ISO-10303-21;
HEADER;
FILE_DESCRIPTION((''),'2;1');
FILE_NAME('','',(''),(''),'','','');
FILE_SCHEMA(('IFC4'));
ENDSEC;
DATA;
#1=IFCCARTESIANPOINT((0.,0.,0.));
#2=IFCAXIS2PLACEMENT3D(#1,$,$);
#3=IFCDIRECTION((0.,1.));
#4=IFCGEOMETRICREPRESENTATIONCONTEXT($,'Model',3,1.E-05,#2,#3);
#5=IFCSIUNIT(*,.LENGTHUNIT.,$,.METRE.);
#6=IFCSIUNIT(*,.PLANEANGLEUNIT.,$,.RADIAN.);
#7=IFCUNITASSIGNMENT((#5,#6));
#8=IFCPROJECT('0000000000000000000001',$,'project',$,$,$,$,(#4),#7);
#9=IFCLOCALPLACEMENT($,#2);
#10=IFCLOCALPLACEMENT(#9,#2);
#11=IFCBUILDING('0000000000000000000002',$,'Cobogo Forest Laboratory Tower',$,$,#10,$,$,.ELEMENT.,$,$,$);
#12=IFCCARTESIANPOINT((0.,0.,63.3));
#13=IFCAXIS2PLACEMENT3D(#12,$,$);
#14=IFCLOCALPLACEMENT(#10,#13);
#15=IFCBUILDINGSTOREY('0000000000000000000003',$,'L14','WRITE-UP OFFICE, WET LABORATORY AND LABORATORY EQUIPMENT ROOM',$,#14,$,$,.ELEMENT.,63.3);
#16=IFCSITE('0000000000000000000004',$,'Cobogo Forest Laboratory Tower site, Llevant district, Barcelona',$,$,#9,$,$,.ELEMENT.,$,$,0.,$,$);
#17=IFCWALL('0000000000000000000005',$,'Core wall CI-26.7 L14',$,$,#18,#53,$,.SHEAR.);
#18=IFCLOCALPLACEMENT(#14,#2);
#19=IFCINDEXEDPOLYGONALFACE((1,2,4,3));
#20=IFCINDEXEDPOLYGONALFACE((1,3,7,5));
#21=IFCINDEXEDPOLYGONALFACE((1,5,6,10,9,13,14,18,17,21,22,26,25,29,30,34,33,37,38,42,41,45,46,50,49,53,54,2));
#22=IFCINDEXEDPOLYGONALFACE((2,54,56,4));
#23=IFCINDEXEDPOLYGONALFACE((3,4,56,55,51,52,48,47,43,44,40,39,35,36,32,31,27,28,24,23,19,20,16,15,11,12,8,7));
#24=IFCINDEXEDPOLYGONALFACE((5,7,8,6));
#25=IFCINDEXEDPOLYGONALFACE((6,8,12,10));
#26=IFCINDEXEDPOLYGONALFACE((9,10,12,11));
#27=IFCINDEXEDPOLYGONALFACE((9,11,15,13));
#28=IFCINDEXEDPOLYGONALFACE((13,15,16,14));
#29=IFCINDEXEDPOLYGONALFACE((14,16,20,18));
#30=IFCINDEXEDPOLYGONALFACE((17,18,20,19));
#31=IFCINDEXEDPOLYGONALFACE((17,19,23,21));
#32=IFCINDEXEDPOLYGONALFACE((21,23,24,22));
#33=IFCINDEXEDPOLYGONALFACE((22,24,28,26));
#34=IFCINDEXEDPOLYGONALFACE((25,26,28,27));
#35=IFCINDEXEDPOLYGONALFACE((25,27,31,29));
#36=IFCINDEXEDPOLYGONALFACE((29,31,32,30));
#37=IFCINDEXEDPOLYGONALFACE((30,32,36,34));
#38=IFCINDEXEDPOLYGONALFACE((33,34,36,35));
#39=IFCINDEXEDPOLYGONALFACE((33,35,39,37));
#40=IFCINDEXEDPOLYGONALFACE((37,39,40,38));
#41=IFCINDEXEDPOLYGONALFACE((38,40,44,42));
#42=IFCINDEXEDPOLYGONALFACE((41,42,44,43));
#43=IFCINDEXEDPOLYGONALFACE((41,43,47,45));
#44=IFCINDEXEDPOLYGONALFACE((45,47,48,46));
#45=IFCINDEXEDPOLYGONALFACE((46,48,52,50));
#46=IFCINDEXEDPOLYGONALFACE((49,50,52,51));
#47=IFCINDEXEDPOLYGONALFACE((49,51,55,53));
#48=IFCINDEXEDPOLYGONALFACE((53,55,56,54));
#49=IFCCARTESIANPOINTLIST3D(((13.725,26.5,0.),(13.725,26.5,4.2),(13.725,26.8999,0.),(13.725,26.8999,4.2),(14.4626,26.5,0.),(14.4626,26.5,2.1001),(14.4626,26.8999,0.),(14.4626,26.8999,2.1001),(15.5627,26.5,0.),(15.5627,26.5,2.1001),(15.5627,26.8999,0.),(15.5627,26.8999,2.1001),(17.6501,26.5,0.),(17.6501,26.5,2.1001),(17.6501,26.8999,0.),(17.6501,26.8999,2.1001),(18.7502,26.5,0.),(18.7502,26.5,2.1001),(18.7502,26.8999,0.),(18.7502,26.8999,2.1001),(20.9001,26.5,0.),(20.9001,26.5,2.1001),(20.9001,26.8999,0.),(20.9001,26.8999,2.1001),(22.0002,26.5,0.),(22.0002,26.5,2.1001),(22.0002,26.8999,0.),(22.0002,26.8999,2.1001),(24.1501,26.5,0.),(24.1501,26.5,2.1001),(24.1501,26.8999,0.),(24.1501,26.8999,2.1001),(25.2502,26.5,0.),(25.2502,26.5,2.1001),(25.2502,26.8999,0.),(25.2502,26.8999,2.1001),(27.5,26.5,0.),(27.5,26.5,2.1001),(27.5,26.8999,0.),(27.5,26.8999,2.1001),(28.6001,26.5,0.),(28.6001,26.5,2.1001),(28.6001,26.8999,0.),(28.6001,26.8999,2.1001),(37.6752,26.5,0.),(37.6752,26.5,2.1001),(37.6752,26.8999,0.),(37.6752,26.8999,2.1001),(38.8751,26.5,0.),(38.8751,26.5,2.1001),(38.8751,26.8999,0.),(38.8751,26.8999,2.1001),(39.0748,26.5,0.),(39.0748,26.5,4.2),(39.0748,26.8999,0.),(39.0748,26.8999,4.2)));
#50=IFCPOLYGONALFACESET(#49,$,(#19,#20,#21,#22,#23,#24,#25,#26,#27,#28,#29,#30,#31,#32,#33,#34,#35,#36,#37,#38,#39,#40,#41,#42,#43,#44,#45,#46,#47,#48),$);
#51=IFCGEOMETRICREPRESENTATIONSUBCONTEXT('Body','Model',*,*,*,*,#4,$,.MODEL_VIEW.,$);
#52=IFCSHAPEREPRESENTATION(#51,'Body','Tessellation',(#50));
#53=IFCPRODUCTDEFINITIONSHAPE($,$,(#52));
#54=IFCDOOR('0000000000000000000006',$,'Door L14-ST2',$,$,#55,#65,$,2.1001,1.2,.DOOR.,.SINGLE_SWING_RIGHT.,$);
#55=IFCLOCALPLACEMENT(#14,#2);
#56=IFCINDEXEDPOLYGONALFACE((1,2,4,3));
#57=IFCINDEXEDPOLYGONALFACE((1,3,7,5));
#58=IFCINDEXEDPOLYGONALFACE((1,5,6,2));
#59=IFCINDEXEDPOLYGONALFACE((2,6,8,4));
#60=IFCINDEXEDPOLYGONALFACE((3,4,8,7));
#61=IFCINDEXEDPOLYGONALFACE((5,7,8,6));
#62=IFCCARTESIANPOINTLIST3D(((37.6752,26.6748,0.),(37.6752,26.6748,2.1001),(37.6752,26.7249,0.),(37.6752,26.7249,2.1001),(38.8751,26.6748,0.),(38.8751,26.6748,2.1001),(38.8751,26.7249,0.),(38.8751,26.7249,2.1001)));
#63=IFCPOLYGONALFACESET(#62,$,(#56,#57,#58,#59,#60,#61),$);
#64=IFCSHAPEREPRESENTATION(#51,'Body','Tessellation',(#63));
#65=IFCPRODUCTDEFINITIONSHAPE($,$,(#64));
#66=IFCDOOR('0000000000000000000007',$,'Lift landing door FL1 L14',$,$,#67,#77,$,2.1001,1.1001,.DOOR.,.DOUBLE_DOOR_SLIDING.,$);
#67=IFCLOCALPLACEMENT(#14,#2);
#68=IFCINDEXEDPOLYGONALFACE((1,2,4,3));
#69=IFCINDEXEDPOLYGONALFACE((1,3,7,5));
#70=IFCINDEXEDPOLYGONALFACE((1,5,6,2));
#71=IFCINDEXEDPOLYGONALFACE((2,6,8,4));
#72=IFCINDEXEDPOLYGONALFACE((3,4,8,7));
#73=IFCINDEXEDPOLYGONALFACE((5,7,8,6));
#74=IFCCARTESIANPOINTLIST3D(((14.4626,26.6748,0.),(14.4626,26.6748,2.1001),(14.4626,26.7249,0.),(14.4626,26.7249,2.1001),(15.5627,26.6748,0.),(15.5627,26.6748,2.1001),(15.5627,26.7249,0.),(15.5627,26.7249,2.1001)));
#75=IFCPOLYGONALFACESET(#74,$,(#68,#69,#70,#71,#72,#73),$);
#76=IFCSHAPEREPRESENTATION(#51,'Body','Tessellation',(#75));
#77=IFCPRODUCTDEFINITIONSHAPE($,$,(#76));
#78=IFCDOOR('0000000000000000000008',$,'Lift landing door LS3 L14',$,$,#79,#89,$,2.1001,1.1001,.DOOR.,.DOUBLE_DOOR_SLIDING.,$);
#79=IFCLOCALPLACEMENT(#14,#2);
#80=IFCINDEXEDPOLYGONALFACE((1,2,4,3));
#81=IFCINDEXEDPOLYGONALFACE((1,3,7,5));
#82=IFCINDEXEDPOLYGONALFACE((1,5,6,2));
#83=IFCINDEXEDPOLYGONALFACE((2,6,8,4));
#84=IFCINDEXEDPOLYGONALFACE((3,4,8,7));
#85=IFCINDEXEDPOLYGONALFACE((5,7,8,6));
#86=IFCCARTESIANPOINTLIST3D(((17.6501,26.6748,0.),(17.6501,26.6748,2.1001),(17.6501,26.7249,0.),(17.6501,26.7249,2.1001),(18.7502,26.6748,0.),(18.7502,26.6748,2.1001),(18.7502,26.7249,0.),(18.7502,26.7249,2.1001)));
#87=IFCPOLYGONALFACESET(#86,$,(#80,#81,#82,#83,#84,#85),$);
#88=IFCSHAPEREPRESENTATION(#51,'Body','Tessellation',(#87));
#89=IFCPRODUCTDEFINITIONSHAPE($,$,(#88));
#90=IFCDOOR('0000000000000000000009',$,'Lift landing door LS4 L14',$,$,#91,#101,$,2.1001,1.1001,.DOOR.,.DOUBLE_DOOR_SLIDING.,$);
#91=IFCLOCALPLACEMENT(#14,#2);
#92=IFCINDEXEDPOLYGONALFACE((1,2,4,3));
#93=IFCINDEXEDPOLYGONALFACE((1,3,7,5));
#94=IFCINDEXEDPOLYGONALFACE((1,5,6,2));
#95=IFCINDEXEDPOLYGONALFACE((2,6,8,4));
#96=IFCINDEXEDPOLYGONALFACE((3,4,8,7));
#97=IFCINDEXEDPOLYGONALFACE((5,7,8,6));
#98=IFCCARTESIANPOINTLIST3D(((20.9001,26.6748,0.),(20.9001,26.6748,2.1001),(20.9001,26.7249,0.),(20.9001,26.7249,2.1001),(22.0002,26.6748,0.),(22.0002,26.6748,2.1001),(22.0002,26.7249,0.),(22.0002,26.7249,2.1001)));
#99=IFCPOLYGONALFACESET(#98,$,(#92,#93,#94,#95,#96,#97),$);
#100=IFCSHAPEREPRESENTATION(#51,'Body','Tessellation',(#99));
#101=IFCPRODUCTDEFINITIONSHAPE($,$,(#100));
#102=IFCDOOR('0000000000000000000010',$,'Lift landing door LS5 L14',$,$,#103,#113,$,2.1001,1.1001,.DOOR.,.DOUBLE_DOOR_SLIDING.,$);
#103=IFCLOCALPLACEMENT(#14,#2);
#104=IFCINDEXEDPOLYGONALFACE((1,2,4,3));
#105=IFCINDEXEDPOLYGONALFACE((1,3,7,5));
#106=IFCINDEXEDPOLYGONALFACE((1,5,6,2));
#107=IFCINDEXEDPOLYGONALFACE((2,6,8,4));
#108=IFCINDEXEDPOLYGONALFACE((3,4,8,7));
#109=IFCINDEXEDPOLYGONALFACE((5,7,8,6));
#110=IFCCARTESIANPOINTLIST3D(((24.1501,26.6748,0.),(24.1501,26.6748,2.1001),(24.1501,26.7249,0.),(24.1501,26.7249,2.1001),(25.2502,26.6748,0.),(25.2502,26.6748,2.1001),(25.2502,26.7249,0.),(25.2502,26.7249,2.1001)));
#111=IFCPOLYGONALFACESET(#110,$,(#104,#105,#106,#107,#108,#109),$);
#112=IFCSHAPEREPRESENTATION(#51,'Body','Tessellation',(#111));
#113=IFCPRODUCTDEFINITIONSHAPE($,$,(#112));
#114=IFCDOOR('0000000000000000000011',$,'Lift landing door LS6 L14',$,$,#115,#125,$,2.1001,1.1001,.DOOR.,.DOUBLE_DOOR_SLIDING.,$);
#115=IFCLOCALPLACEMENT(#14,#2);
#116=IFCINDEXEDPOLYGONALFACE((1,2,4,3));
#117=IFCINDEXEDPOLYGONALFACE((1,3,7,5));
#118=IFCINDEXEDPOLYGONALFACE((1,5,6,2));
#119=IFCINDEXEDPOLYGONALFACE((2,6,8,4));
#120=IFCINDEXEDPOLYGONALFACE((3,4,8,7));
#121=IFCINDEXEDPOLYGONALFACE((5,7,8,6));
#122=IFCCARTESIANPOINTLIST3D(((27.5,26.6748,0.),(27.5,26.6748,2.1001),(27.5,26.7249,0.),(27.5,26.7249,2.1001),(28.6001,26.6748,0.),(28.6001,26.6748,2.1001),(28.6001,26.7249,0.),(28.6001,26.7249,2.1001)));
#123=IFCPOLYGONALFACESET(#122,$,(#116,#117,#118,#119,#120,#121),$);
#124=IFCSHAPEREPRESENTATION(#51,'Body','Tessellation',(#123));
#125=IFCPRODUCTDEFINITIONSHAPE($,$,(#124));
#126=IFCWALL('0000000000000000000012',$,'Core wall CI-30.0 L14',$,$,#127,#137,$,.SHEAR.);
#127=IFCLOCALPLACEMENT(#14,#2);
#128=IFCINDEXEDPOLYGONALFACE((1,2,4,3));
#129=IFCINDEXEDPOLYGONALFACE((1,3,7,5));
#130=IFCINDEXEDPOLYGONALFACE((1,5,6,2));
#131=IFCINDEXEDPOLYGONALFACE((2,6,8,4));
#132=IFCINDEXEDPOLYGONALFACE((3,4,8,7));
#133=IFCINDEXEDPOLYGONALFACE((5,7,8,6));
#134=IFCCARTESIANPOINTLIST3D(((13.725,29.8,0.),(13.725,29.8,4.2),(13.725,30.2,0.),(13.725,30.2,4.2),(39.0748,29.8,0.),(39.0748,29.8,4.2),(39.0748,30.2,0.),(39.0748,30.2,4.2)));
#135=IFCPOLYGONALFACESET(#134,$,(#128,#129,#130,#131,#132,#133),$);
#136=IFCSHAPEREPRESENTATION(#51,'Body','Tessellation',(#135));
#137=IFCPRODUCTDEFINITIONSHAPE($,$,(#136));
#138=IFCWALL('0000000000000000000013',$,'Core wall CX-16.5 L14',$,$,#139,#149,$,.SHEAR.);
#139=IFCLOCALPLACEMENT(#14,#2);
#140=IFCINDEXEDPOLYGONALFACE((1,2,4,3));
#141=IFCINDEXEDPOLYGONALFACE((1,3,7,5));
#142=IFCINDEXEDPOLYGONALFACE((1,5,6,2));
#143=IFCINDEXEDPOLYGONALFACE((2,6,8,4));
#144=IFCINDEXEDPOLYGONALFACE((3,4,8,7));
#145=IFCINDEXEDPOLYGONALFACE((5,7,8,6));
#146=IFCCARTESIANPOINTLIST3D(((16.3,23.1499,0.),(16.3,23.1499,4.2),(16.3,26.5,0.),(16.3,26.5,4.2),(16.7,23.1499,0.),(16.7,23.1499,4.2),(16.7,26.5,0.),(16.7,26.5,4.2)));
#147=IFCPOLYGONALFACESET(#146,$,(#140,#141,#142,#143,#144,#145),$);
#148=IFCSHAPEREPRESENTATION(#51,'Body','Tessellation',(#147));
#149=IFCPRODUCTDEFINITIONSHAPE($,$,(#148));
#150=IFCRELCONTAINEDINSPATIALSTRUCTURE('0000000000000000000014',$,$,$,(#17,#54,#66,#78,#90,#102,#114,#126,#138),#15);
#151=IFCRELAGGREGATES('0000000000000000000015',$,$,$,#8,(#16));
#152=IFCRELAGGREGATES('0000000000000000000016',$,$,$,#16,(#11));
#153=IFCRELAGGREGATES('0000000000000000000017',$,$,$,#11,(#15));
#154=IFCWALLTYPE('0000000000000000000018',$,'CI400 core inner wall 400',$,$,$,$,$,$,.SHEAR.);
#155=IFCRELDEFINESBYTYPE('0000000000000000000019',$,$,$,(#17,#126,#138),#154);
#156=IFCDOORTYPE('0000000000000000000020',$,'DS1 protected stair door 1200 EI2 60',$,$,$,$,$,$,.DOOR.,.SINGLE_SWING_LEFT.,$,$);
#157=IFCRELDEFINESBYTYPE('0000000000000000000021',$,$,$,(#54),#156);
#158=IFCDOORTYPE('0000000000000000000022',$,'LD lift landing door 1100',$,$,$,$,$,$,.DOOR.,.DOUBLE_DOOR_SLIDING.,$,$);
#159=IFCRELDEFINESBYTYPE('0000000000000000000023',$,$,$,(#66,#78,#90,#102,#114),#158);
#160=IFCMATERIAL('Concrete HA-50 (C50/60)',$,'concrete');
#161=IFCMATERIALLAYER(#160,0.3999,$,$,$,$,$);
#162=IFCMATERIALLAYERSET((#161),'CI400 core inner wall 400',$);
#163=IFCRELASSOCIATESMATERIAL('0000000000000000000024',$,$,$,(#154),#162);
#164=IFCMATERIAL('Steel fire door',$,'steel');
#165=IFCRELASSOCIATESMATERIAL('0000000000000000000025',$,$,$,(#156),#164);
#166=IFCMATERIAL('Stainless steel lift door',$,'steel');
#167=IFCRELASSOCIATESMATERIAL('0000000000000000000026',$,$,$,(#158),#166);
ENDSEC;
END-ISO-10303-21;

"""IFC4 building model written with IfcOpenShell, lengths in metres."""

from ifc_helpers import new_model, si_unit, direction, frame, frame_2d, origin, place, context, subcontext, project, spatial, rectangle, extrude, material, layer, layer_set, type_object, element, fill, save


model = new_model("IFC4")

# Units and contexts
model_context = context("Model", 3, precision=1e-05, world=origin(), true_north=direction((0.0, 1.0)))
body_context = subcontext(model_context, "Body", "Model", "MODEL_VIEW")
ifc_project = project(units=[si_unit("LENGTHUNIT", "METRE"), si_unit("PLANEANGLEUNIT", "RADIAN")], contexts=[model_context])

# Site, building, storey
site_placement = place(None, origin())
site = spatial("IfcSite", under=ifc_project, at=site_placement, Name="Cobogo Forest Laboratory Tower site, Llevant district, Barcelona", CompositionType="ELEMENT", RefElevation=0.0)
building_placement = place(site_placement, origin())
building = spatial("IfcBuilding", under=site, at=building_placement, Name="Cobogo Forest Laboratory Tower", CompositionType="ELEMENT")
storey_placement = place(building_placement, frame((0.0, 0.0, 63.3)))
storey = spatial("IfcBuildingStorey", under=building, at=storey_placement, Name="L14", Description="WRITE-UP OFFICE, WET LABORATORY AND LABORATORY EQUIPMENT ROOM", CompositionType="ELEMENT", Elevation=63.3)

# Shared definitions
ifc_material_1 = material(Name="Concrete HA-50 (C50/60)", Category="concrete")

# Shared definitions
ifc_layer_1 = layer(ifc_material_1, 0.3999)
ifc_layer_set_1 = layer_set([ifc_layer_1], Name="CI400 core inner wall 400")
wall_type_1 = type_object("IfcWallType", Name="CI400 core inner wall 400", PredefinedType="SHEAR", material=ifc_layer_set_1)

# Wall, openings, doors
wall_1_placement = place(storey_placement, frame((13.7251, 26.7, 0.0), z_axis=(0.0, 0.0, 1.0), x_axis=(1.0, 0.0, 0.0)))
wall_1 = element("IfcWall", 1, at=wall_1_placement, inside=storey, type_object=wall_type_1, Name="Core wall CI-26.7 L14", PredefinedType="SHEAR", context=body_context, shape_type="SweptSolid", body=[
    extrude(rectangle(XDim=25.3499, YDim=0.3999, at=frame_2d((12.6748, 0.0))), origin(), (0.0, 0.0, 1.0), 4.2),
])
opening_1_placement = place(wall_1_placement, frame((23.95, 0.0, 0.0)))
opening_1 = element("IfcOpeningElement", 2, at=opening_1_placement, cuts=wall_1, PredefinedType="OPENING", context=body_context, shape_type="SweptSolid", body=[
    extrude(rectangle(XDim=1.2, YDim=2.1001, at=frame_2d((0.6001, 1.05))), frame((0.0, 0.21, 0.0), z_axis=(0.0, -1.0, 0.0), x_axis=(1.0, 0.0, 0.0)), (0.0, 0.0, 1.0), 0.4199),
])
opening_2_placement = place(wall_1_placement, frame((0.7375, 0.0, 0.0)))
opening_2 = element("IfcOpeningElement", 3, at=opening_2_placement, cuts=wall_1, PredefinedType="OPENING", context=body_context, shape_type="SweptSolid", body=[
    extrude(rectangle(XDim=1.1001, YDim=2.1001, at=frame_2d((0.55, 1.05))), frame((0.0, 0.21, 0.0), z_axis=(0.0, -1.0, 0.0), x_axis=(1.0, 0.0, 0.0)), (0.0, 0.0, 1.0), 0.4199),
])
opening_3_placement = place(wall_1_placement, frame((3.925, 0.0, 0.0)))
opening_3 = element("IfcOpeningElement", 4, at=opening_3_placement, cuts=wall_1, PredefinedType="OPENING", context=body_context, shape_type="SweptSolid", body=[
    extrude(rectangle(XDim=1.1001, YDim=2.1001, at=frame_2d((0.55, 1.05))), frame((0.0, 0.21, 0.0), z_axis=(0.0, -1.0, 0.0), x_axis=(1.0, 0.0, 0.0)), (0.0, 0.0, 1.0), 0.4199),
])
opening_4_placement = place(wall_1_placement, frame((7.175, 0.0, 0.0)))
opening_4 = element("IfcOpeningElement", 5, at=opening_4_placement, cuts=wall_1, PredefinedType="OPENING", context=body_context, shape_type="SweptSolid", body=[
    extrude(rectangle(XDim=1.1001, YDim=2.1001, at=frame_2d((0.55, 1.05))), frame((0.0, 0.21, 0.0), z_axis=(0.0, -1.0, 0.0), x_axis=(1.0, 0.0, 0.0)), (0.0, 0.0, 1.0), 0.4199),
])
opening_5_placement = place(wall_1_placement, frame((10.425, 0.0, 0.0)))
opening_5 = element("IfcOpeningElement", 6, at=opening_5_placement, cuts=wall_1, PredefinedType="OPENING", context=body_context, shape_type="SweptSolid", body=[
    extrude(rectangle(XDim=1.1001, YDim=2.1001, at=frame_2d((0.55, 1.05))), frame((0.0, 0.21, 0.0), z_axis=(0.0, -1.0, 0.0), x_axis=(1.0, 0.0, 0.0)), (0.0, 0.0, 1.0), 0.4199),
])
opening_6_placement = place(wall_1_placement, frame((13.7749, 0.0, 0.0)))
opening_6 = element("IfcOpeningElement", 7, at=opening_6_placement, cuts=wall_1, PredefinedType="OPENING", context=body_context, shape_type="SweptSolid", body=[
    extrude(rectangle(XDim=1.1001, YDim=2.1001, at=frame_2d((0.55, 1.05))), frame((0.0, 0.21, 0.0), z_axis=(0.0, -1.0, 0.0), x_axis=(1.0, 0.0, 0.0)), (0.0, 0.0, 1.0), 0.4199),
])
ifc_material_2 = material(Name="Steel fire door", Category="steel")
door_type_1 = type_object("IfcDoorType", Name="DS1 protected stair door 1200 EI2 60", OperationType="SINGLE_SWING_LEFT", PredefinedType="DOOR", material=ifc_material_2)
door_1_placement = place(opening_1_placement, origin())
door_1 = element("IfcDoor", 8, at=door_1_placement, inside=storey, type_object=door_type_1, Name="Door L14-ST2", OperationType="SINGLE_SWING_RIGHT", OverallHeight=2.1001, OverallWidth=1.2, PredefinedType="DOOR", context=body_context, shape_type="SweptSolid", body=[
    extrude(rectangle(XDim=1.2, YDim=2.1001, at=frame_2d((0.6001, 1.05))), frame((0.0, 0.0249, 0.0), z_axis=(0.0, -1.0, 0.0), x_axis=(1.0, 0.0, 0.0)), (0.0, 0.0, 1.0), 0.05),
])
fill(opening_1, door_1)
ifc_material_3 = material(Name="Stainless steel lift door", Category="steel")
door_type_2 = type_object("IfcDoorType", Name="LD lift landing door 1100", OperationType="DOUBLE_DOOR_SLIDING", PredefinedType="DOOR", material=ifc_material_3)
door_2_placement = place(opening_2_placement, origin())
door_2 = element("IfcDoor", 9, at=door_2_placement, inside=storey, type_object=door_type_2, Name="Lift landing door FL1 L14", OperationType="DOUBLE_DOOR_SLIDING", OverallHeight=2.1001, OverallWidth=1.1001, PredefinedType="DOOR", context=body_context, shape_type="SweptSolid", body=[
    extrude(rectangle(XDim=1.1001, YDim=2.1001, at=frame_2d((0.55, 1.05))), frame((0.0, 0.0249, 0.0), z_axis=(0.0, -1.0, 0.0), x_axis=(1.0, 0.0, 0.0)), (0.0, 0.0, 1.0), 0.05),
])
fill(opening_2, door_2)
door_3_placement = place(opening_3_placement, origin())
door_3 = element("IfcDoor", 10, at=door_3_placement, inside=storey, type_object=door_type_2, Name="Lift landing door LS3 L14", OperationType="DOUBLE_DOOR_SLIDING", OverallHeight=2.1001, OverallWidth=1.1001, PredefinedType="DOOR", context=body_context, shape_type="SweptSolid", body=[
    extrude(rectangle(XDim=1.1001, YDim=2.1001, at=frame_2d((0.55, 1.05))), frame((0.0, 0.0249, 0.0), z_axis=(0.0, -1.0, 0.0), x_axis=(1.0, 0.0, 0.0)), (0.0, 0.0, 1.0), 0.05),
])
fill(opening_3, door_3)
door_4_placement = place(opening_4_placement, origin())
door_4 = element("IfcDoor", 11, at=door_4_placement, inside=storey, type_object=door_type_2, Name="Lift landing door LS4 L14", OperationType="DOUBLE_DOOR_SLIDING", OverallHeight=2.1001, OverallWidth=1.1001, PredefinedType="DOOR", context=body_context, shape_type="SweptSolid", body=[
    extrude(rectangle(XDim=1.1001, YDim=2.1001, at=frame_2d((0.55, 1.05))), frame((0.0, 0.0249, 0.0), z_axis=(0.0, -1.0, 0.0), x_axis=(1.0, 0.0, 0.0)), (0.0, 0.0, 1.0), 0.05),
])
fill(opening_4, door_4)
door_5_placement = place(opening_5_placement, origin())
door_5 = element("IfcDoor", 12, at=door_5_placement, inside=storey, type_object=door_type_2, Name="Lift landing door LS5 L14", OperationType="DOUBLE_DOOR_SLIDING", OverallHeight=2.1001, OverallWidth=1.1001, PredefinedType="DOOR", context=body_context, shape_type="SweptSolid", body=[
    extrude(rectangle(XDim=1.1001, YDim=2.1001, at=frame_2d((0.55, 1.05))), frame((0.0, 0.0249, 0.0), z_axis=(0.0, -1.0, 0.0), x_axis=(1.0, 0.0, 0.0)), (0.0, 0.0, 1.0), 0.05),
])
fill(opening_5, door_5)
door_6_placement = place(opening_6_placement, origin())
door_6 = element("IfcDoor", 13, at=door_6_placement, inside=storey, type_object=door_type_2, Name="Lift landing door LS6 L14", OperationType="DOUBLE_DOOR_SLIDING", OverallHeight=2.1001, OverallWidth=1.1001, PredefinedType="DOOR", context=body_context, shape_type="SweptSolid", body=[
    extrude(rectangle(XDim=1.1001, YDim=2.1001, at=frame_2d((0.55, 1.05))), frame((0.0, 0.0249, 0.0), z_axis=(0.0, -1.0, 0.0), x_axis=(1.0, 0.0, 0.0)), (0.0, 0.0, 1.0), 0.05),
])
fill(opening_6, door_6)

# Walls
wall_2_placement = place(storey_placement, frame((13.7251, 30.0, 0.0), z_axis=(0.0, 0.0, 1.0), x_axis=(1.0, 0.0, 0.0)))
element("IfcWall", 14, at=wall_2_placement, inside=storey, type_object=wall_type_1, Name="Core wall CI-30.0 L14", PredefinedType="SHEAR", context=body_context, shape_type="SweptSolid", body=[
    extrude(rectangle(XDim=25.3499, YDim=0.3999, at=frame_2d((12.6748, 0.0))), origin(), (0.0, 0.0, 1.0), 4.2),
])
wall_3_placement = place(storey_placement, frame((16.5, 23.1499, 0.0), z_axis=(0.0, 0.0, 1.0), x_axis=(0.0, 1.0, 0.0)))
element("IfcWall", 15, at=wall_3_placement, inside=storey, type_object=wall_type_1, Name="Core wall CX-16.5 L14", PredefinedType="SHEAR", context=body_context, shape_type="SweptSolid", body=[
    extrude(rectangle(XDim=3.3501, YDim=0.3999, at=frame_2d((1.675, 0.0))), origin(), (0.0, 0.0, 1.0), 4.2),
])

save(model, "model.ifc")
